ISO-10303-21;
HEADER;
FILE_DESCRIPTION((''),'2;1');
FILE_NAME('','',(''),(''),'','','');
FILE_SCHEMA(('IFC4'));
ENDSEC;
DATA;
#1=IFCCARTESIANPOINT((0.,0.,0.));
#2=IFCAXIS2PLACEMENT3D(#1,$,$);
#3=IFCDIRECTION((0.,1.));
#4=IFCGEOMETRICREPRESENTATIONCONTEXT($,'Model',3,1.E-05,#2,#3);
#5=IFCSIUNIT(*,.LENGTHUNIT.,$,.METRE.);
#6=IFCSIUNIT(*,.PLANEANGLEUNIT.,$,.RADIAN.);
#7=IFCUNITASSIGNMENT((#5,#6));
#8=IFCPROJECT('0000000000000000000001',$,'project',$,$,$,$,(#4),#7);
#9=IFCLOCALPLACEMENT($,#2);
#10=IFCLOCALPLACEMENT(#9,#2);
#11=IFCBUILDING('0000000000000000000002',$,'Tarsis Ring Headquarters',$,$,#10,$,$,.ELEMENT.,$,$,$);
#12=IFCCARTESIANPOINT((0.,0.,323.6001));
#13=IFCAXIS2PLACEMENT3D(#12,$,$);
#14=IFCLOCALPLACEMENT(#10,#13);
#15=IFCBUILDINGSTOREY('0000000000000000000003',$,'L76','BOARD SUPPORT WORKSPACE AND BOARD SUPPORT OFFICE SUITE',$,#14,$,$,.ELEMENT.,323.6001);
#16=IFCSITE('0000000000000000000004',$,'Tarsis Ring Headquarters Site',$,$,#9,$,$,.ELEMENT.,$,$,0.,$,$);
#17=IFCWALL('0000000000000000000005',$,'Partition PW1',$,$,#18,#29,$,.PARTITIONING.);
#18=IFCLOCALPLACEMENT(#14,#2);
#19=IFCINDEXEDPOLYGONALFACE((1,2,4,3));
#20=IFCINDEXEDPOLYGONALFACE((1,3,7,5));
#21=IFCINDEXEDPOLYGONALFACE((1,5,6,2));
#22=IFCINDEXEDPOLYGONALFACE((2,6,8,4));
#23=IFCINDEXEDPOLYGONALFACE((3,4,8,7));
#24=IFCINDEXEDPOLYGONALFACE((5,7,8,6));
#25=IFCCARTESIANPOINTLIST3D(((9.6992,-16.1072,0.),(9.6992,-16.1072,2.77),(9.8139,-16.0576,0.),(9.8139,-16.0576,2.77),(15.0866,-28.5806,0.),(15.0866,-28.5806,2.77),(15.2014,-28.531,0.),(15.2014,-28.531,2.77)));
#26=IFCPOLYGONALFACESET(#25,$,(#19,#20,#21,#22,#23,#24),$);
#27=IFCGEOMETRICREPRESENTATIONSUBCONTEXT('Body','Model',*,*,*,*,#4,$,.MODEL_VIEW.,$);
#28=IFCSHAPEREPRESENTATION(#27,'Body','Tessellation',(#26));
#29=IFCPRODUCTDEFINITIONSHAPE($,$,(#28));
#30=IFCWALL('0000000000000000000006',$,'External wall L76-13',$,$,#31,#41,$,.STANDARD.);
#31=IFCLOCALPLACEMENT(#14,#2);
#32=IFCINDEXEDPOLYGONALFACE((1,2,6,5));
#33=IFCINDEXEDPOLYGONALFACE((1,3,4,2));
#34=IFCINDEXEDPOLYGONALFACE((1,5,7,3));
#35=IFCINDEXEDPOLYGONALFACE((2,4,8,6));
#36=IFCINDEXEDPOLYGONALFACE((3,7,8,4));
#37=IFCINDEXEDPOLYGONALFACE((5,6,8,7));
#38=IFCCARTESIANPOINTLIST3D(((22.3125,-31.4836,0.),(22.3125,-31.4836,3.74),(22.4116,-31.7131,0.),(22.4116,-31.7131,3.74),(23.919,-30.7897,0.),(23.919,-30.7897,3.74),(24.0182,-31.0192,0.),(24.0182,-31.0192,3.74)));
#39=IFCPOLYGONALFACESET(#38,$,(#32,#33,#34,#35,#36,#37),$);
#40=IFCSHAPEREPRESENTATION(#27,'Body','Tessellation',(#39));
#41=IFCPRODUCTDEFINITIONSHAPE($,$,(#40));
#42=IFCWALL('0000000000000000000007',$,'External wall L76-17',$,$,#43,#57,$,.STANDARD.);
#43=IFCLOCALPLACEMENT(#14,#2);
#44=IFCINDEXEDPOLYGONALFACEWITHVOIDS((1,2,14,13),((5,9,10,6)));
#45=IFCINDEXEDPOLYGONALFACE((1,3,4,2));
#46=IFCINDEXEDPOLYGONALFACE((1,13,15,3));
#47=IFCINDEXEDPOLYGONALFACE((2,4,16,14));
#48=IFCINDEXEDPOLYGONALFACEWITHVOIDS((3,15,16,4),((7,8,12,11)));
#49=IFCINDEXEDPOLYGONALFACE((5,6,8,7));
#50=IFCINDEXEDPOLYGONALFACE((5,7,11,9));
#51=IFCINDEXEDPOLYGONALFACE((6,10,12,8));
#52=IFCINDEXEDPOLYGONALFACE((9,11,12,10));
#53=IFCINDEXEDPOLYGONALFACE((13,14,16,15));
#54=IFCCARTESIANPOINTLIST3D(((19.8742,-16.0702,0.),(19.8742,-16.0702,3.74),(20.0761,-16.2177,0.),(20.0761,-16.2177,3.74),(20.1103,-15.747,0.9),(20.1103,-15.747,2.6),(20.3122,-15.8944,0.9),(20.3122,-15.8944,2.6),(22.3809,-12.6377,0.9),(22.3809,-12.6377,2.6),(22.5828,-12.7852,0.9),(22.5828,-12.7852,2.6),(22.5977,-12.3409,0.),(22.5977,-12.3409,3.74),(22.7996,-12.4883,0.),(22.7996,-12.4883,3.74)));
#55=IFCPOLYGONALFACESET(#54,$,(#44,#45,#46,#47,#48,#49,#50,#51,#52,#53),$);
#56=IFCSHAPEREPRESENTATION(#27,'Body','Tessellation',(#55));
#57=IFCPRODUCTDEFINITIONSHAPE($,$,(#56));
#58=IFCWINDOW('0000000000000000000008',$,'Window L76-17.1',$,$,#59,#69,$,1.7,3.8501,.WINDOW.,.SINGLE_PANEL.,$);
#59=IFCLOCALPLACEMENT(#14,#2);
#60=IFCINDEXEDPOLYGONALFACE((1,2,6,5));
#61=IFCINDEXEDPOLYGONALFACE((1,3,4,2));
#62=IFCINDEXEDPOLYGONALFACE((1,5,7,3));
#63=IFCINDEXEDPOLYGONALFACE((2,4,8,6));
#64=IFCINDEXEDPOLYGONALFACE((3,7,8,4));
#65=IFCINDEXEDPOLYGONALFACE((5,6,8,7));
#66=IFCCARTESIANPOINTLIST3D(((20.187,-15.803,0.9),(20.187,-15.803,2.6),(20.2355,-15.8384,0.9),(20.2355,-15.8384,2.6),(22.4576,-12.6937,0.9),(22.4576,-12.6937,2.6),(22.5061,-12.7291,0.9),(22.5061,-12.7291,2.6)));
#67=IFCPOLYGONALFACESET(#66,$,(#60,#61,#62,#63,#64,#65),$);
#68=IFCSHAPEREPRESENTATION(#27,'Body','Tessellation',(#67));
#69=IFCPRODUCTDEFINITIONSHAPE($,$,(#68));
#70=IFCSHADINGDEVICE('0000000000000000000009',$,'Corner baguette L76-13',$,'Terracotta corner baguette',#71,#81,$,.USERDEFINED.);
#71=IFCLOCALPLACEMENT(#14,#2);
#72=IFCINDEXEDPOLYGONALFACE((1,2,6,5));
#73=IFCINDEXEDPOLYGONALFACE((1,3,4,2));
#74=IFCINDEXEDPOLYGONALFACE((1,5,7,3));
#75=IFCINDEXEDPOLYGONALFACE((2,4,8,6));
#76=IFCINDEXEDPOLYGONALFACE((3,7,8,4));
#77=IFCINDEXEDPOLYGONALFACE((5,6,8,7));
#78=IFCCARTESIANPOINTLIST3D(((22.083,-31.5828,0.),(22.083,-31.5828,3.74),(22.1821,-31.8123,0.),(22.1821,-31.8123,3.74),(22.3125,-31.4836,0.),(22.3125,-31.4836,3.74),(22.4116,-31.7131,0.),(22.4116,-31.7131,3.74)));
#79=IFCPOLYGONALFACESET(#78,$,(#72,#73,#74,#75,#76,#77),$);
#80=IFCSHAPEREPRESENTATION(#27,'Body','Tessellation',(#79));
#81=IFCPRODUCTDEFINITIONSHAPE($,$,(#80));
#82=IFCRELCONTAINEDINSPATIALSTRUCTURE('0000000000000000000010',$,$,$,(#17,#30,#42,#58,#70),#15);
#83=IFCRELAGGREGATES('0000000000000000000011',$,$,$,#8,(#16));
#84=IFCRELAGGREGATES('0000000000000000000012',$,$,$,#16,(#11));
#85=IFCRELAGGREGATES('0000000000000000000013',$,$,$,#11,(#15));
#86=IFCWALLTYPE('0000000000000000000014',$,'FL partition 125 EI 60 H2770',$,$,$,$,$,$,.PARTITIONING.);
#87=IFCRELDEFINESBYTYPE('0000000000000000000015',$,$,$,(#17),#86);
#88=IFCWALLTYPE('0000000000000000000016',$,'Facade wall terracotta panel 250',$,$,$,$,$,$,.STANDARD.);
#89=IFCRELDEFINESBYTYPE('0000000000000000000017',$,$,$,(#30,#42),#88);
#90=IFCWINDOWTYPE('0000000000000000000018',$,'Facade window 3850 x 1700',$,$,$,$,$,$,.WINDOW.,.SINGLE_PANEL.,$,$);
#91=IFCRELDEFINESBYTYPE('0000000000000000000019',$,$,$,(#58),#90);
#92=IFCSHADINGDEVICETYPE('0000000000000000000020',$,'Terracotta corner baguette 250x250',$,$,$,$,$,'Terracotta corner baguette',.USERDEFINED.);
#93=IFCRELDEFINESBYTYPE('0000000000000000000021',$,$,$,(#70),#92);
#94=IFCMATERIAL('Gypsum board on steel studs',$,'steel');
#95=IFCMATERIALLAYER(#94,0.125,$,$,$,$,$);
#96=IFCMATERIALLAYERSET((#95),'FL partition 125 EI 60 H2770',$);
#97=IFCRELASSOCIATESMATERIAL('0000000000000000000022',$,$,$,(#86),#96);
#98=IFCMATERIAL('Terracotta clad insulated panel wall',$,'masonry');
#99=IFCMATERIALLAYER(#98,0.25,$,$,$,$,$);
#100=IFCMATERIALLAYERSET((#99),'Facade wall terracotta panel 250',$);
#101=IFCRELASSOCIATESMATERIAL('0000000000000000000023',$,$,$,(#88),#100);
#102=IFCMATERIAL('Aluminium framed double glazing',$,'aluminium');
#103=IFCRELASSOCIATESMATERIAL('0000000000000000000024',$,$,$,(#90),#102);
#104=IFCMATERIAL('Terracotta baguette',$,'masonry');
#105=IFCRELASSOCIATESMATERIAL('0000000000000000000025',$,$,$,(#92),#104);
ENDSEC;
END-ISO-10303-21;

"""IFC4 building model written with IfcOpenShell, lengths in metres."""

from ifc_helpers import new_model, si_unit, direction, frame, frame_2d, origin, origin_2d, place, context, subcontext, project, spatial, rectangle, extrude, material, layer, layer_set, type_object, element, fill, save


model = new_model("IFC4")

# Units and contexts
model_context = context("Model", 3, precision=1e-05, world=origin(), true_north=direction((0.0, 1.0)))
body_context = subcontext(model_context, "Body", "Model", "MODEL_VIEW")
ifc_project = project(units=[si_unit("LENGTHUNIT", "METRE"), si_unit("PLANEANGLEUNIT", "RADIAN")], contexts=[model_context])

# Site, building, storey
site_placement = place(None, origin())
site = spatial("IfcSite", under=ifc_project, at=site_placement, Name="Tarsis Ring Headquarters Site", CompositionType="ELEMENT", RefElevation=0.0)
building_placement = place(site_placement, origin())
building = spatial("IfcBuilding", under=site, at=building_placement, Name="Tarsis Ring Headquarters", CompositionType="ELEMENT")
storey_placement = place(building_placement, frame((0.0, 0.0, 323.6001)))
storey = spatial("IfcBuildingStorey", under=building, at=storey_placement, Name="L76", Description="BOARD SUPPORT WORKSPACE AND BOARD SUPPORT OFFICE SUITE", CompositionType="ELEMENT", Elevation=323.6001)

# Shared definitions
ifc_material_1 = material(Name="Gypsum board on steel studs", Category="steel")

# Shared definitions
ifc_layer_1 = layer(ifc_material_1, 0.125)
ifc_layer_set_1 = layer_set([ifc_layer_1], Name="FL partition 125 EI 60 H2770")
wall_type_1 = type_object("IfcWallType", Name="FL partition 125 EI 60 H2770", PredefinedType="PARTITIONING", material=ifc_layer_set_1)

# Walls
wall_1_placement = place(storey_placement, frame((9.7566, -16.0825, 0.0), z_axis=(0.0, 0.0, 1.0), x_axis=(0.396511, -0.91803, 0.0)))
element("IfcWall", 1, at=wall_1_placement, inside=storey, type_object=wall_type_1, Name="Partition PW1", PredefinedType="PARTITIONING", context=body_context, shape_type="SweptSolid", body=[
    extrude(rectangle(XDim=13.5872, YDim=0.125, at=frame_2d((6.7935, 0.0))), origin(), (0.0, 0.0, 1.0), 2.77),
])
ifc_material_2 = material(Name="Terracotta clad insulated panel wall", Category="masonry")
ifc_layer_2 = layer(ifc_material_2, 0.25)
ifc_layer_set_2 = layer_set([ifc_layer_2], Name="Facade wall terracotta panel 250")
wall_type_2 = type_object("IfcWallType", Name="Facade wall terracotta panel 250", PredefinedType="STANDARD", material=ifc_layer_set_2)
wall_2_placement = place(storey_placement, frame((22.3621, -31.5984, 0.0), z_axis=(0.0, 0.0, 1.0), x_axis=(0.91803, 0.396511, 0.0)))
element("IfcWall", 2, at=wall_2_placement, inside=storey, type_object=wall_type_2, Name="External wall L76-13", PredefinedType="STANDARD", context=body_context, shape_type="SweptSolid", body=[
    extrude(rectangle(XDim=1.75, YDim=0.25, at=frame_2d((0.875, 0.0))), origin(), (0.0, 0.0, 1.0), 3.74),
])

# Wall, opening, window
wall_3_placement = place(storey_placement, frame((19.9751, -16.144, 0.0), z_axis=(0.0, 0.0, 1.0), x_axis=(0.589758, 0.80758, 0.0)))
wall_3 = element("IfcWall", 3, at=wall_3_placement, inside=storey, type_object=wall_type_2, Name="External wall L76-17", PredefinedType="STANDARD", context=body_context, shape_type="SweptSolid", body=[
    extrude(rectangle(XDim=4.6179, YDim=0.25, at=frame_2d((2.3091, 0.0))), origin(), (0.0, 0.0, 1.0), 3.74),
])
opening_1_placement = place(wall_3_placement, frame((0.4004, 0.0, 0.8999)))
opening_1 = element("IfcOpeningElement", 4, at=opening_1_placement, cuts=wall_3, PredefinedType="OPENING", context=body_context, shape_type="SweptSolid", body=[
    extrude(rectangle(XDim=3.8501, YDim=1.7, at=frame_2d((1.925, 0.8501))), frame((0.0, 0.135, 0.0), z_axis=(0.0, -1.0, 0.0), x_axis=(1.0, 0.0, 0.0)), (0.0, 0.0, 1.0), 0.27),
])
ifc_material_3 = material(Name="Aluminium framed double glazing", Category="aluminium")
window_type = type_object("IfcWindowType", Name="Facade window 3850 x 1700", PartitioningType="SINGLE_PANEL", PredefinedType="WINDOW", material=ifc_material_3)
window_placement = place(opening_1_placement, origin())
window = element("IfcWindow", 5, at=window_placement, inside=storey, type_object=window_type, Name="Window L76-17.1", OverallHeight=1.7, OverallWidth=3.8501, PartitioningType="SINGLE_PANEL", PredefinedType="WINDOW", context=body_context, shape_type="SweptSolid", body=[
    extrude(rectangle(XDim=3.8501, YDim=1.7, at=frame_2d((1.925, 0.8501))), frame((0.0, 0.03, 0.0), z_axis=(0.0, -1.0, 0.0), x_axis=(1.0, 0.0, 0.0)), (0.0, 0.0, 1.0), 0.0601),
])
fill(opening_1, window)

# Shading device
ifc_material_4 = material(Name="Terracotta baguette", Category="masonry")
shading_device_type = type_object("IfcShadingDeviceType", Name="Terracotta corner baguette 250x250", ElementType="Terracotta corner baguette", PredefinedType="USERDEFINED", material=ifc_material_4)
shading_device_placement = place(storey_placement, frame((22.2473, -31.6479, 0.0), z_axis=(0.0, 0.0, 1.0), x_axis=(-0.396507, 0.918032, 0.0)))
element("IfcShadingDevice", 6, at=shading_device_placement, inside=storey, type_object=shading_device_type, Name="Corner baguette L76-13", ObjectType="Terracotta corner baguette", PredefinedType="USERDEFINED", context=body_context, shape_type="SweptSolid", body=[
    extrude(rectangle(XDim=0.25, YDim=0.25, at=origin_2d()), origin(), (0.0, 0.0, 1.0), 3.74),
])

save(model, "model.ifc")
